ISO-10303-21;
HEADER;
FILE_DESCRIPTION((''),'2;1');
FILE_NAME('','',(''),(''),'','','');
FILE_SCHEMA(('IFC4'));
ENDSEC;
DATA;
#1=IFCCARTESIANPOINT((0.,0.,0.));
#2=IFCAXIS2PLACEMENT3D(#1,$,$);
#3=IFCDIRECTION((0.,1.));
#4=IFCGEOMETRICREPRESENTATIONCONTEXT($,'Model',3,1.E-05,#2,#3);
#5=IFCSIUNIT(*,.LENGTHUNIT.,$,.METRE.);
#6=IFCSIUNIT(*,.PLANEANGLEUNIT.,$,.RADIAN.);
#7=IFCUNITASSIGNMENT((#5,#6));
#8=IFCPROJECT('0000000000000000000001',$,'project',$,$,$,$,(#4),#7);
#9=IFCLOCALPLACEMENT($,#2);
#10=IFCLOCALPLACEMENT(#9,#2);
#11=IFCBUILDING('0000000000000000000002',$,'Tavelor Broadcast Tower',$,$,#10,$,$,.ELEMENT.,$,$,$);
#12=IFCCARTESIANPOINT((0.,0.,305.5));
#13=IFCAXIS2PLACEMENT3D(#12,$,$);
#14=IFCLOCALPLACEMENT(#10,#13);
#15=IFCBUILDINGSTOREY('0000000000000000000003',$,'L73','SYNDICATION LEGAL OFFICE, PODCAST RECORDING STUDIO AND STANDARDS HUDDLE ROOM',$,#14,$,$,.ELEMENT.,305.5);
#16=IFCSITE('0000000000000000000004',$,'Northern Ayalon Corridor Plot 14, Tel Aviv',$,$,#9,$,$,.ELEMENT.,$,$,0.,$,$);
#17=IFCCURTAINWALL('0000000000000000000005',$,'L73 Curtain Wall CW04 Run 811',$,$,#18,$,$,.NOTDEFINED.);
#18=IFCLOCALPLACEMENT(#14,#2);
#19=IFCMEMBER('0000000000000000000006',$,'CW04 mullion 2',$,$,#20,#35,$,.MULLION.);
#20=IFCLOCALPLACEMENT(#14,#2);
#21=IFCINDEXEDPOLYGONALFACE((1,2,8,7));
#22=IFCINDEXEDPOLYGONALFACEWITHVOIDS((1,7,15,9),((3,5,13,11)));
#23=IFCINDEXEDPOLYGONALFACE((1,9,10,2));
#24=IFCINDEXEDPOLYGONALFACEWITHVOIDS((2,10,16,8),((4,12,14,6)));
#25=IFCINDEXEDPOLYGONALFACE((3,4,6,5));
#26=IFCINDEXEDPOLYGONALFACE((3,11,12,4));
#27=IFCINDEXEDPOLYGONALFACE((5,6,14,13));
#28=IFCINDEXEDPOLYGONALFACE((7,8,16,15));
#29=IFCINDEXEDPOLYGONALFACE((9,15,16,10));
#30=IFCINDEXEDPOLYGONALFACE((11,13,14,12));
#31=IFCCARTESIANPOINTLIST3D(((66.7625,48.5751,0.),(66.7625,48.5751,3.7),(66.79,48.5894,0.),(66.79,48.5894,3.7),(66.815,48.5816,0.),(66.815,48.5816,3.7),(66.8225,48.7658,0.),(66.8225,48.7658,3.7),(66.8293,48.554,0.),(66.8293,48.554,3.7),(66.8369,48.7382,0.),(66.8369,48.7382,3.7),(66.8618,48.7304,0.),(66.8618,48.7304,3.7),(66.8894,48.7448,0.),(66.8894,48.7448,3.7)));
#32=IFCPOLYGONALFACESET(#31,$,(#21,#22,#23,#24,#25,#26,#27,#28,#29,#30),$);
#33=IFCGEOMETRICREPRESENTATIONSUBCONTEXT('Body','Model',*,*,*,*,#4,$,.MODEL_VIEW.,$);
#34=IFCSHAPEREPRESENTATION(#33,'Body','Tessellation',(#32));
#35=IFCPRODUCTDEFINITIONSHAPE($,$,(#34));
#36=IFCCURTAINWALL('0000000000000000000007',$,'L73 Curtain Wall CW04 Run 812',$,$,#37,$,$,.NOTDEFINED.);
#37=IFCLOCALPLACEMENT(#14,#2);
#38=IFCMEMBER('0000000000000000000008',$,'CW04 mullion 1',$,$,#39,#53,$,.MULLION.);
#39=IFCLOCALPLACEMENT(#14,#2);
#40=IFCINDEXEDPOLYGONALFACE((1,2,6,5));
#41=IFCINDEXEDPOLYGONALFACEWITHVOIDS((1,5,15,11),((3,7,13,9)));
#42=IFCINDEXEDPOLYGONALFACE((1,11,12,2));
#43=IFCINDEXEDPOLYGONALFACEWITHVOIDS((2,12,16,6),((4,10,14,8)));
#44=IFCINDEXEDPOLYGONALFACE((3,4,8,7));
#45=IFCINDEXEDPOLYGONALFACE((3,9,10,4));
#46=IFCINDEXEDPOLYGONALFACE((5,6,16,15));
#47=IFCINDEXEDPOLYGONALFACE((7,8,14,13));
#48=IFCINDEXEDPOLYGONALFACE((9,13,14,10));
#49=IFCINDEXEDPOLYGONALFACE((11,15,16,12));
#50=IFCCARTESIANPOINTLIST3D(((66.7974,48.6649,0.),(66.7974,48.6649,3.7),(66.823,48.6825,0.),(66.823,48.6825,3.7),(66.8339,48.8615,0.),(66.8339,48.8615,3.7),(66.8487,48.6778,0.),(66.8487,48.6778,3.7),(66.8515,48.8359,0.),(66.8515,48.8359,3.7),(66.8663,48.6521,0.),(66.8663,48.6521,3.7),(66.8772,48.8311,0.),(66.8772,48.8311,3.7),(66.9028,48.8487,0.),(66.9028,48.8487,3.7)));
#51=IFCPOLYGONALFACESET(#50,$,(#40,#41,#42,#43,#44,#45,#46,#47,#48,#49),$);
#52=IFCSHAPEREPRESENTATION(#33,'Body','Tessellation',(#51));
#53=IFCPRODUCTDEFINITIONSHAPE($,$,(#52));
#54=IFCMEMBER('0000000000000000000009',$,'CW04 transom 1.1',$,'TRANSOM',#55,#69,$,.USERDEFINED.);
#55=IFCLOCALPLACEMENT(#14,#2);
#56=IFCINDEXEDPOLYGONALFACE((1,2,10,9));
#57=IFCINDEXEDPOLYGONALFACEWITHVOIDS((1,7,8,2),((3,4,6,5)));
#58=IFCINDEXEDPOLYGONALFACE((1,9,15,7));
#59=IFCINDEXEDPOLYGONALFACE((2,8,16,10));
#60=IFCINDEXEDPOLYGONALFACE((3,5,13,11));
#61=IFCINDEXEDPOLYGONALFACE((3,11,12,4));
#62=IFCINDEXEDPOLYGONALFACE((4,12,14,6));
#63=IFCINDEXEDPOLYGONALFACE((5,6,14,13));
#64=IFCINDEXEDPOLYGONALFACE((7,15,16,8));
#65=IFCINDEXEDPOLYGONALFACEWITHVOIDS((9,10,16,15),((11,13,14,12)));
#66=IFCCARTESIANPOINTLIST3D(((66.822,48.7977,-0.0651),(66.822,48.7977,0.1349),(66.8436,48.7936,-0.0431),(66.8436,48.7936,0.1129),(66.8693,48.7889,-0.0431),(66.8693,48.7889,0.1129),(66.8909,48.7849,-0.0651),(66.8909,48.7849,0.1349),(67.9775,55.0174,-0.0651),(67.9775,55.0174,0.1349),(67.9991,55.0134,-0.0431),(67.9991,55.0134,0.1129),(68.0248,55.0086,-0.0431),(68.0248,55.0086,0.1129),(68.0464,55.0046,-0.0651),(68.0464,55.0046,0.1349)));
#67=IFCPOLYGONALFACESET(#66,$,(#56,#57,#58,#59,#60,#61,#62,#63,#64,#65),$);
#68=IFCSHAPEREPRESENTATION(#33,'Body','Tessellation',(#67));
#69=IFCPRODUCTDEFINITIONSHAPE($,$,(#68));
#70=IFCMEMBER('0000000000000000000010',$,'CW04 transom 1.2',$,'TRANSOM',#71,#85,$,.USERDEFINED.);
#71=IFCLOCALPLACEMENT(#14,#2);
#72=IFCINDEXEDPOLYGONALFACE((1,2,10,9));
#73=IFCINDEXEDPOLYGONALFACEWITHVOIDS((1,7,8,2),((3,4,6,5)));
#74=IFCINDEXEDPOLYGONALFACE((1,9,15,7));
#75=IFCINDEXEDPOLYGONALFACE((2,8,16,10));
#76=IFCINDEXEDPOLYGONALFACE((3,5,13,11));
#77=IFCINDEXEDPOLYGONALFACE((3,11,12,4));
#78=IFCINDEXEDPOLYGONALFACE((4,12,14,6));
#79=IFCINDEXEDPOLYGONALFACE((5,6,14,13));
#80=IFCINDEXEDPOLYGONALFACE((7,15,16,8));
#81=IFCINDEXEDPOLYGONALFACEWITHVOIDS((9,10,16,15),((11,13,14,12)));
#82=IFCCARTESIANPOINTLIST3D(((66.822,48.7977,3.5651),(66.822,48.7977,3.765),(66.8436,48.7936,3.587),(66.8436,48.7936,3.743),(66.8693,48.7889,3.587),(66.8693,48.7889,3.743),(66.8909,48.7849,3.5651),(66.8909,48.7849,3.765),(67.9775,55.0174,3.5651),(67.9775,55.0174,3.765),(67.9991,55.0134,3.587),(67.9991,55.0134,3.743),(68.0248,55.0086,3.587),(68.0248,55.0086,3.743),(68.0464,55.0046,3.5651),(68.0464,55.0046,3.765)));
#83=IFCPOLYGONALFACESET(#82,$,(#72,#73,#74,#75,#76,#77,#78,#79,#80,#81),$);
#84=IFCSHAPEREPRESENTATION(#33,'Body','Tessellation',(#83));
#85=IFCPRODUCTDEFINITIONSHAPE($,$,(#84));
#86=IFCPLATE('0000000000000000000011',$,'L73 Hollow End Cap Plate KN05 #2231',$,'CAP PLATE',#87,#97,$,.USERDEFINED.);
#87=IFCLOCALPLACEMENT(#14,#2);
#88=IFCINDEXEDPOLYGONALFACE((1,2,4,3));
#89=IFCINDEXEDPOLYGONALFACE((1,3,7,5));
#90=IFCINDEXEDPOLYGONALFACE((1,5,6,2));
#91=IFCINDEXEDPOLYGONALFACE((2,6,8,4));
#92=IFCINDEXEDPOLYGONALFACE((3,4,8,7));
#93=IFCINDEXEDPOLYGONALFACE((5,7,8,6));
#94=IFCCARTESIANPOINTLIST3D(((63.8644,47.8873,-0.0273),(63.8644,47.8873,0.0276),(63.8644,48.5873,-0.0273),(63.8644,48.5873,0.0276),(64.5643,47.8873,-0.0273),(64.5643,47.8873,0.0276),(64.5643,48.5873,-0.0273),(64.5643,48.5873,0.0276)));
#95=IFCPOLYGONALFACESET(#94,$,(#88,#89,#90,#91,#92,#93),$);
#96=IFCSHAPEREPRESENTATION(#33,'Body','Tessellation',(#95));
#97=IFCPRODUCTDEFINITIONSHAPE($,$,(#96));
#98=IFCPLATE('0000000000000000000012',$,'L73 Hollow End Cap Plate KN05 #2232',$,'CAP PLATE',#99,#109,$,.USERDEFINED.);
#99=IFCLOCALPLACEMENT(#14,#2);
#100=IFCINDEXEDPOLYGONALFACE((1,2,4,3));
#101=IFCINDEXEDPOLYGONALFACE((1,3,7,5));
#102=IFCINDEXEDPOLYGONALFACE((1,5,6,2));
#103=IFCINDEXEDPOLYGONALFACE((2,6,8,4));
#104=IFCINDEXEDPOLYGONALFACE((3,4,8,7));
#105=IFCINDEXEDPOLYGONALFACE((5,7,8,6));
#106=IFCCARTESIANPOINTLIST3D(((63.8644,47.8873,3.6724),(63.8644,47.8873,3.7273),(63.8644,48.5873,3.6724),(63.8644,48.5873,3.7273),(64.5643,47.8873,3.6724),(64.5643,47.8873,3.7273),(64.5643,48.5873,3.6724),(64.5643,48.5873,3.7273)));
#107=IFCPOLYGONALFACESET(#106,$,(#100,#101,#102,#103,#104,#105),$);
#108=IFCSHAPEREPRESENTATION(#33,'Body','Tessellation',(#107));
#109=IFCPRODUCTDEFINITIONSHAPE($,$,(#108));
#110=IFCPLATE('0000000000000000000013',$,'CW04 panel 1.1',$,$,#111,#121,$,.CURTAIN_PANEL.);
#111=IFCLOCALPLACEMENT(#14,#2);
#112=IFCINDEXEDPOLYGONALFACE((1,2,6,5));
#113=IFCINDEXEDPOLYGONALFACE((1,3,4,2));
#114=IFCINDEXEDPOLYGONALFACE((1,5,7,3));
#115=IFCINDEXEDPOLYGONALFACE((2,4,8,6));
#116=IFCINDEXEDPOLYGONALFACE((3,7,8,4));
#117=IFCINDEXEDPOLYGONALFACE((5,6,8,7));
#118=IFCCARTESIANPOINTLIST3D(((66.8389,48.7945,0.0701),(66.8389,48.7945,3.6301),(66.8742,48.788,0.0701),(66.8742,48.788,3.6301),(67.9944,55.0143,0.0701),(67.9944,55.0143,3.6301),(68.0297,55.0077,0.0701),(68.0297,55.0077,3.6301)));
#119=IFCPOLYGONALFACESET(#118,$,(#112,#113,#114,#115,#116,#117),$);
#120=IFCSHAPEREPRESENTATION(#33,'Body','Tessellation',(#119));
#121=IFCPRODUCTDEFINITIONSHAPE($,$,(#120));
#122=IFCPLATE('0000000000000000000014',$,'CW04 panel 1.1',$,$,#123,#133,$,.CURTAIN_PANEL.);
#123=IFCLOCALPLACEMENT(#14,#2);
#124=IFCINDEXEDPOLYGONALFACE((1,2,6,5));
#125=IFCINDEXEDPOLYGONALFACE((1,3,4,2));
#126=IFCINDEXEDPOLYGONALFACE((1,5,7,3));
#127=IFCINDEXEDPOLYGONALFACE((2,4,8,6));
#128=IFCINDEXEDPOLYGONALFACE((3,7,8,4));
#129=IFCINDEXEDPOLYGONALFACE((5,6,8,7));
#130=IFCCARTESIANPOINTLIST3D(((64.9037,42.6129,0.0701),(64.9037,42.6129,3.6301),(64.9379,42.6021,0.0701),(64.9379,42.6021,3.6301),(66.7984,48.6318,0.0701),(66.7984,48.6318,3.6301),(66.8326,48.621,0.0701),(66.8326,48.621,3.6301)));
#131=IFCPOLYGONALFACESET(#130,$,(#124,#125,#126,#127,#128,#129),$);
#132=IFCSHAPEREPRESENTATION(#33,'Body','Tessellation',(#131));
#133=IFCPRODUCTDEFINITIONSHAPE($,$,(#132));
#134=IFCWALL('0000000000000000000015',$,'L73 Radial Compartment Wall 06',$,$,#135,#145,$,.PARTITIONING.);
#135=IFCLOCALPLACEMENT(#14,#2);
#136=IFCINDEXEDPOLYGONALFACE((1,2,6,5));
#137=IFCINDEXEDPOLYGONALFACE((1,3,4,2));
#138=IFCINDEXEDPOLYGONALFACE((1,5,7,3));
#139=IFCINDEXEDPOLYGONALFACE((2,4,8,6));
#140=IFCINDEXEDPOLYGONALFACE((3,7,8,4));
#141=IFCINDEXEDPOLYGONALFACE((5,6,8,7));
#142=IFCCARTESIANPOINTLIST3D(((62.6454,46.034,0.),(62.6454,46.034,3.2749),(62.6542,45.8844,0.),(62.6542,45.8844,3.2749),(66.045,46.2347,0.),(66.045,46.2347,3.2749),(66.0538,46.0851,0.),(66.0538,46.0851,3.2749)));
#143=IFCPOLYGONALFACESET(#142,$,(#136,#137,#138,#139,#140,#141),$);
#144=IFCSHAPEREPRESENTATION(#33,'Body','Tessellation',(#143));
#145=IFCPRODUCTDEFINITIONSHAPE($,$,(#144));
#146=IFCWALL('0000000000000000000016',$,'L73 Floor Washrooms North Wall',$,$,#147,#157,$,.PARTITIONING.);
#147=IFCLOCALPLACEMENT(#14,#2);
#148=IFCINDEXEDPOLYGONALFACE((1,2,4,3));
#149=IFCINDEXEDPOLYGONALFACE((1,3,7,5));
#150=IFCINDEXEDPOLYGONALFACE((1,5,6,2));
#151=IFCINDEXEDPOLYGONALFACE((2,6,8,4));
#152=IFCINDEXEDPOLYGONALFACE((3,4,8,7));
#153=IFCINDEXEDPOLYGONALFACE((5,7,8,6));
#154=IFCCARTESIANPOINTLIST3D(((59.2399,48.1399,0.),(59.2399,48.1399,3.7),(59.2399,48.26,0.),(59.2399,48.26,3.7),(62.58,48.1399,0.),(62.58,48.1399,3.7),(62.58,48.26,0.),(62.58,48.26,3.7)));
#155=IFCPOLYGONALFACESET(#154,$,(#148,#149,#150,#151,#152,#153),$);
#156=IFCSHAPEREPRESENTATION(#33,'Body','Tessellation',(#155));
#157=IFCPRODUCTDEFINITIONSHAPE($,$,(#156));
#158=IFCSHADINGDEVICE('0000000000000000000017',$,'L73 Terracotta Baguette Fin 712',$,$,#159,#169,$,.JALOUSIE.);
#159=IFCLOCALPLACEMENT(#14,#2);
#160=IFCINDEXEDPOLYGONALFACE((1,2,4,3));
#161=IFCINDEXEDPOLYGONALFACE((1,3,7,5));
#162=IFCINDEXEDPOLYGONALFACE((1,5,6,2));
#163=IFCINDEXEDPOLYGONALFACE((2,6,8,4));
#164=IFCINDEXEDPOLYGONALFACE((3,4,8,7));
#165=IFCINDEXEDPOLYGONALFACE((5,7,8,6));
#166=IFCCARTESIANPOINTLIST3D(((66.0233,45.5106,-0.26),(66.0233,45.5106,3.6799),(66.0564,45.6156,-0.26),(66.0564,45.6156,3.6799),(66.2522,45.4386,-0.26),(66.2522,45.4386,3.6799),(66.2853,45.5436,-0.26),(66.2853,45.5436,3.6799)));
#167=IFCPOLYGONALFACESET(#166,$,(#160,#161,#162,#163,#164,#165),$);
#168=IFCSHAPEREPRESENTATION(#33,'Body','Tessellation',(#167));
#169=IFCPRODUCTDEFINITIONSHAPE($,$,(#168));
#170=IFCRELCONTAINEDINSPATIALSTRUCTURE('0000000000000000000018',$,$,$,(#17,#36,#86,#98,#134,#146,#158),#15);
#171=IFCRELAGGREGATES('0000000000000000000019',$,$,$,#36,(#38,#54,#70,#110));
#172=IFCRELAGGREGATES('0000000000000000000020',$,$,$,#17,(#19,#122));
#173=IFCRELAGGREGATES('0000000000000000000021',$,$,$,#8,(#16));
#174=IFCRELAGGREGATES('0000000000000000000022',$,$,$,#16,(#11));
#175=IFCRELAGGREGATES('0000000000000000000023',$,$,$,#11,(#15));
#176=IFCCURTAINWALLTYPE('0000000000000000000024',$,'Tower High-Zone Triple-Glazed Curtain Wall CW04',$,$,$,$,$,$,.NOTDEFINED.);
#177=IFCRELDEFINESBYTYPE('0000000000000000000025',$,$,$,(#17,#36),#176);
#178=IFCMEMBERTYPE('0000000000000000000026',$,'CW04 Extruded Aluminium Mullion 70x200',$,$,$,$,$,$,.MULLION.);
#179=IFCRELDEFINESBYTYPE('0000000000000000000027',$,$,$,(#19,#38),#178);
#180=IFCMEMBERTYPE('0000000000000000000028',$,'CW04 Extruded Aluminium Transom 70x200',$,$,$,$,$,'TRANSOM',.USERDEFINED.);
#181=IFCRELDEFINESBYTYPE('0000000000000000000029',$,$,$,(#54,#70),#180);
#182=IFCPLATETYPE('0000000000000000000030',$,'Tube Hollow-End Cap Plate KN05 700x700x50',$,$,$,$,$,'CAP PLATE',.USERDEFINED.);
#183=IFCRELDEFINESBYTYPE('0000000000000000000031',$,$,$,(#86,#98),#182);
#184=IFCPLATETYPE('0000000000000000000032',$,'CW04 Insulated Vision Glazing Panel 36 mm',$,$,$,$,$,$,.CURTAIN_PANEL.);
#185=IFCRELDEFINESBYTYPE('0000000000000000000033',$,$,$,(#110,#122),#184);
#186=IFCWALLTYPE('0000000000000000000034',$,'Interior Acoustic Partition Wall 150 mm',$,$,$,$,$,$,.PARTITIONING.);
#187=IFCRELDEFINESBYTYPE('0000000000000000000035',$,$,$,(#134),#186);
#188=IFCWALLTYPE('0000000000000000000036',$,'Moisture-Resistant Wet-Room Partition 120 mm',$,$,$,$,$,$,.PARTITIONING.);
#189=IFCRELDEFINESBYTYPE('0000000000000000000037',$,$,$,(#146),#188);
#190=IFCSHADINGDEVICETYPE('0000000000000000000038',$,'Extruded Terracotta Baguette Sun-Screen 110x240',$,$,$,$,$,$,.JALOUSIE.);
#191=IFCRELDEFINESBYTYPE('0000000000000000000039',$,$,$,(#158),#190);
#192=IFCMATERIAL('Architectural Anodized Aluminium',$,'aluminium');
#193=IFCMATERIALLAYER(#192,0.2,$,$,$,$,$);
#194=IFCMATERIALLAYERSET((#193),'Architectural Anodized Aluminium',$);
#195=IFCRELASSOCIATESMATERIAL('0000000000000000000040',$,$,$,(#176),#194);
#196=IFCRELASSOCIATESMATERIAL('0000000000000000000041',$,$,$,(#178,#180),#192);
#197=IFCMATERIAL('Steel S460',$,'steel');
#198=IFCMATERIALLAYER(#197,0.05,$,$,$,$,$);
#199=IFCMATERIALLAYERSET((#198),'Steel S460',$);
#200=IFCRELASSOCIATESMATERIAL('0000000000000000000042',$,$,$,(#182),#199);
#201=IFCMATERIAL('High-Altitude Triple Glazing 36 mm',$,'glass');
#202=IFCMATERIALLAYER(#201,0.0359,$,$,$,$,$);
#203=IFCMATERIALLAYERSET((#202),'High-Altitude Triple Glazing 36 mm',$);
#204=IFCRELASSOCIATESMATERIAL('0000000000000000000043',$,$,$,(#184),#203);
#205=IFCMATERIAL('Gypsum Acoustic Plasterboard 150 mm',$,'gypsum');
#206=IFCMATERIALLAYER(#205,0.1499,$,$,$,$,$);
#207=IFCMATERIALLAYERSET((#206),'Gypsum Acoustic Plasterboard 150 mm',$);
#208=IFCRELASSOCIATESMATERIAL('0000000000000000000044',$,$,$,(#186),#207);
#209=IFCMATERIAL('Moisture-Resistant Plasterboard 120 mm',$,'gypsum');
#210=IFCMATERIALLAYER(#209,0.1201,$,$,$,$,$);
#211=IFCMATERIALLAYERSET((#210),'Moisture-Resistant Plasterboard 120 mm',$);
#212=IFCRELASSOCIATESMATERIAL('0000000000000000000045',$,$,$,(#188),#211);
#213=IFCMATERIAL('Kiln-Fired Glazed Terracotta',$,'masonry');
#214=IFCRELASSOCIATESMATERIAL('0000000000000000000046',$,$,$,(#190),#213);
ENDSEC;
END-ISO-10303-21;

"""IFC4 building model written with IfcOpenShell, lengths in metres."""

from ifc_helpers import new_model, si_unit, direction, frame, frame_2d, origin, origin_2d, place, context, subcontext, project, spatial, rectangle, hollow_rectangle, extrude, source, transform, mapped, material, layer, layer_set, material_profile, profile_set, type_object, type_shapes, element, aggregate, save


model = new_model("IFC4")

# Units and contexts
model_context = context("Model", 3, precision=1e-05, world=origin(), true_north=direction((0.0, 1.0)))
body_context = subcontext(model_context, "Body", "Model", "MODEL_VIEW")
ifc_project = project(units=[si_unit("LENGTHUNIT", "METRE"), si_unit("PLANEANGLEUNIT", "RADIAN")], contexts=[model_context])

# Site, building, storey
site_placement = place(None, origin())
site = spatial("IfcSite", under=ifc_project, at=site_placement, Name="Northern Ayalon Corridor Plot 14, Tel Aviv", CompositionType="ELEMENT", RefElevation=0.0)
building_placement = place(site_placement, origin())
building = spatial("IfcBuilding", under=site, at=building_placement, Name="Tavelor Broadcast Tower", CompositionType="ELEMENT")
storey_placement = place(building_placement, frame((0.0, 0.0, 305.5)))
storey = spatial("IfcBuildingStorey", under=building, at=storey_placement, Name="L73", Description="SYNDICATION LEGAL OFFICE, PODCAST RECORDING STUDIO AND STANDARDS HUDDLE ROOM", CompositionType="ELEMENT", Elevation=305.5)

# Shared definitions
ifc_material_1 = material(Name="Steel S460", Category="steel")

# Curtain wall, member
ifc_material_2 = material(Name="Architectural Anodized Aluminium", Category="aluminium")
ifc_layer_1 = layer(ifc_material_2, 0.2)
ifc_layer_set_1 = layer_set([ifc_layer_1], Name="Architectural Anodized Aluminium")
curtain_wall_type = type_object("IfcCurtainWallType", Name="Tower High-Zone Triple-Glazed Curtain Wall CW04", PredefinedType="NOTDEFINED", material=ifc_layer_set_1)
curtain_wall_1_placement = place(storey_placement, origin())
curtain_wall_1 = element("IfcCurtainWall", 1, at=curtain_wall_1_placement, inside=storey, type_object=curtain_wall_type, Name="L73 Curtain Wall CW04 Run 811", PredefinedType="NOTDEFINED")
ifc_material_profile_1 = material_profile(ifc_material_2, hollow_rectangle(XDim=0.0701, YDim=0.2, WallThickness=0.022, at=origin_2d()), Name="RHS 70x200x22")
ifc_profile_set_1 = profile_set([ifc_material_profile_1], Name="Architectural Anodized Aluminium")
member_type_1 = type_object("IfcMemberType", Name="CW04 Extruded Aluminium Mullion 70x200", PredefinedType="MULLION", material=ifc_profile_set_1)
shared_shape_1 = source(origin(), body_context, "Body", "SweptSolid", [
    extrude(hollow_rectangle(XDim=0.0701, YDim=0.2, WallThickness=0.022, at=origin_2d()), origin(), (0.0, 0.0, 1.0), 3.7),
])
type_shapes(member_type_1, [shared_shape_1])
member_1_placement = place(storey_placement, frame((66.8259, 48.6599, 0.0), z_axis=(0.0, 0.0, 1.0), x_axis=(-0.953854, 0.300272, 0.0)))
member_1 = element("IfcMember", 2, at=member_1_placement, type_object=member_type_1, Name="CW04 mullion 2", PredefinedType="MULLION", context=body_context, shape_type="MappedRepresentation", body=[
    mapped(shared_shape_1, transform((0.0, 0.0, 0.0), scale=1.0)),
])

# Curtain wall, members
curtain_wall_2_placement = place(storey_placement, origin())
curtain_wall_2 = element("IfcCurtainWall", 3, at=curtain_wall_2_placement, inside=storey, type_object=curtain_wall_type, Name="L73 Curtain Wall CW04 Run 812", PredefinedType="NOTDEFINED")
member_2_placement = place(storey_placement, frame((66.8501, 48.7568, 0.0), z_axis=(0.0, 0.0, 1.0), x_axis=(-0.983177, 0.182658, 0.0)))
member_2 = element("IfcMember", 4, at=member_2_placement, type_object=member_type_1, Name="CW04 mullion 1", PredefinedType="MULLION", context=body_context, shape_type="MappedRepresentation", body=[
    mapped(shared_shape_1, transform((0.0, 0.0, 0.0), scale=1.0)),
])
ifc_material_profile_2 = material_profile(ifc_material_2, hollow_rectangle(XDim=0.0701, YDim=0.2, WallThickness=0.022, at=origin_2d()), Name="RHS 70x200x22")
ifc_profile_set_2 = profile_set([ifc_material_profile_2], Name="Architectural Anodized Aluminium")
member_type_2 = type_object("IfcMemberType", Name="CW04 Extruded Aluminium Transom 70x200", ElementType="TRANSOM", PredefinedType="USERDEFINED", material=ifc_profile_set_2)
shared_shape_2 = source(origin(), body_context, "Body", "SweptSolid", [
    extrude(hollow_rectangle(XDim=0.0701, YDim=0.2, WallThickness=0.022, at=origin_2d()), origin(), (0.0, 0.0, 1.0), 6.3262),
])
type_shapes(member_type_2, [shared_shape_2])
member_3_placement = place(storey_placement, frame((66.8564, 48.7913, 0.0349), z_axis=(0.182657, 0.983177, 0.0), x_axis=(-0.983177, 0.182657, 0.0)))
member_3 = element("IfcMember", 5, at=member_3_placement, type_object=member_type_2, Name="CW04 transom 1.1", ObjectType="TRANSOM", PredefinedType="USERDEFINED", context=body_context, shape_type="MappedRepresentation", body=[
    mapped(shared_shape_2, transform((0.0, 0.0, 0.0), scale=1.0)),
])
member_4_placement = place(storey_placement, frame((66.8564, 48.7913, 3.665), z_axis=(0.182657, 0.983177, 0.0), x_axis=(-0.983177, 0.182657, 0.0)))
member_4 = element("IfcMember", 6, at=member_4_placement, type_object=member_type_2, Name="CW04 transom 1.2", ObjectType="TRANSOM", PredefinedType="USERDEFINED", context=body_context, shape_type="MappedRepresentation", body=[
    mapped(shared_shape_2, transform((0.0, 0.0, 0.0), scale=1.0)),
])

# Plates
ifc_layer_2 = layer(ifc_material_1, 0.05)
ifc_layer_set_2 = layer_set([ifc_layer_2], Name="Steel S460")
plate_type_1 = type_object("IfcPlateType", Name="Tube Hollow-End Cap Plate KN05 700x700x50", ElementType="CAP PLATE", PredefinedType="USERDEFINED", material=ifc_layer_set_2)
shared_shape_3 = source(origin(), body_context, "Body", "SweptSolid", [
    extrude(rectangle(XDim=0.7, YDim=0.7, at=origin_2d()), origin(), (0.0, 0.0, 1.0), 0.0549),
])
type_shapes(plate_type_1, [shared_shape_3])
for number, where, z_axis, x_axis, name in (
    (7, (64.2144, 48.2373, -0.0273), (0.0, 0.0, 1.0), (1.0, 0.0, 0.0), "L73 Hollow End Cap Plate KN05 #2231"),
    (8, (64.2144, 48.2373, 3.6724), (0.0, 0.0, 1.0), (1.0, 0.0, 0.0), "L73 Hollow End Cap Plate KN05 #2232"),
):
    element("IfcPlate", number, at=place(storey_placement, frame(where, z_axis=z_axis, x_axis=x_axis)), inside=storey, type_object=plate_type_1, Name=name, ObjectType="CAP PLATE", PredefinedType="USERDEFINED", context=body_context, shape_type="MappedRepresentation", body=[
        mapped(shared_shape_3, transform((0.0, 0.0, 0.0), scale=1.0)),
    ])

# Plates
ifc_material_3 = material(Name="High-Altitude Triple Glazing 36 mm", Category="glass")
ifc_layer_3 = layer(ifc_material_3, 0.0359)
ifc_layer_set_3 = layer_set([ifc_layer_3], Name="High-Altitude Triple Glazing 36 mm")
plate_type_2 = type_object("IfcPlateType", Name="CW04 Insulated Vision Glazing Panel 36 mm", PredefinedType="CURTAIN_PANEL", material=ifc_layer_set_3)
shared_shape_4 = source(origin(), body_context, "Body", "SweptSolid", [
    extrude(rectangle(XDim=6.3262, YDim=0.0359, at=origin_2d()), origin(), (0.0, 0.0, 1.0), 3.5601),
])
plate_1_placement = place(storey_placement, frame((67.4343, 51.9011, 0.0701), z_axis=(0.0, 0.0, 1.0), x_axis=(0.182658, 0.983177, 0.0)))
plate_1 = element("IfcPlate", 9, at=plate_1_placement, type_object=plate_type_2, Name="CW04 panel 1.1", PredefinedType="CURTAIN_PANEL", context=body_context, shape_type="MappedRepresentation", body=[
    mapped(shared_shape_4, transform((0.0, 0.0, 0.0), scale=1.0)),
])
aggregate(curtain_wall_2, [member_2, member_3, member_4, plate_1])
shared_shape_5 = source(origin(), body_context, "Body", "SweptSolid", [
    extrude(rectangle(XDim=6.3101, YDim=0.0359, at=origin_2d()), origin(), (0.0, 0.0, 1.0), 3.5601),
])
type_shapes(plate_type_2, [shared_shape_4, shared_shape_5])
plate_2_placement = place(storey_placement, frame((65.8682, 45.6169, 0.0701), z_axis=(0.0, 0.0, 1.0), x_axis=(0.300272, 0.953854, 0.0)))
plate_2 = element("IfcPlate", 10, at=plate_2_placement, type_object=plate_type_2, Name="CW04 panel 1.1", PredefinedType="CURTAIN_PANEL", context=body_context, shape_type="MappedRepresentation", body=[
    mapped(shared_shape_5, transform((0.0, 0.0, 0.0), scale=1.0)),
])
aggregate(curtain_wall_1, [member_1, plate_2])

# Walls
ifc_material_4 = material(Name="Gypsum Acoustic Plasterboard 150 mm", Category="gypsum")
ifc_layer_4 = layer(ifc_material_4, 0.1499)
ifc_layer_set_4 = layer_set([ifc_layer_4], Name="Gypsum Acoustic Plasterboard 150 mm")
wall_type_1 = type_object("IfcWallType", Name="Interior Acoustic Partition Wall 150 mm", PredefinedType="PARTITIONING", material=ifc_layer_set_4)
wall_1_placement = place(storey_placement, frame((62.6499, 45.9592, 0.0), z_axis=(0.0, 0.0, 1.0), x_axis=(0.998262, 0.058928, 0.0)))
element("IfcWall", 11, at=wall_1_placement, inside=storey, type_object=wall_type_1, Name="L73 Radial Compartment Wall 06", PredefinedType="PARTITIONING", context=body_context, shape_type="SweptSolid", body=[
    extrude(rectangle(XDim=3.4055, YDim=0.1499, at=frame_2d((1.7026, 0.0))), origin(), (0.0, 0.0, 1.0), 3.2749),
])
ifc_material_5 = material(Name="Moisture-Resistant Plasterboard 120 mm", Category="gypsum")
ifc_layer_5 = layer(ifc_material_5, 0.1201)
ifc_layer_set_5 = layer_set([ifc_layer_5], Name="Moisture-Resistant Plasterboard 120 mm")
wall_type_2 = type_object("IfcWallType", Name="Moisture-Resistant Wet-Room Partition 120 mm", PredefinedType="PARTITIONING", material=ifc_layer_set_5)
wall_2_placement = place(storey_placement, frame((59.24, 48.2, 0.0), z_axis=(0.0, 0.0, 1.0), x_axis=(1.0, 0.0, 0.0)))
element("IfcWall", 12, at=wall_2_placement, inside=storey, type_object=wall_type_2, Name="L73 Floor Washrooms North Wall", PredefinedType="PARTITIONING", context=body_context, shape_type="SweptSolid", body=[
    extrude(rectangle(XDim=3.3401, YDim=0.1201, at=frame_2d((1.6699, 0.0))), origin(), (0.0, 0.0, 1.0), 3.7),
])

# Shading device
ifc_material_6 = material(Name="Kiln-Fired Glazed Terracotta", Category="masonry")
shading_device_type = type_object("IfcShadingDeviceType", Name="Extruded Terracotta Baguette Sun-Screen 110x240", PredefinedType="JALOUSIE", material=ifc_material_6)
shared_shape_6 = source(origin(), body_context, "Body", "SweptSolid", [
    extrude(rectangle(XDim=0.1101, YDim=0.24, at=origin_2d()), origin(), (0.0, 0.0, 1.0), 3.9399),
])
type_shapes(shading_device_type, [shared_shape_6])
shading_device_placement = place(storey_placement, frame((66.1543, 45.5271, -0.26), z_axis=(0.0, 0.0, 1.0), x_axis=(0.300206, 0.953874, 0.0)))
element("IfcShadingDevice", 13, at=shading_device_placement, inside=storey, type_object=shading_device_type, Name="L73 Terracotta Baguette Fin 712", PredefinedType="JALOUSIE", context=body_context, shape_type="MappedRepresentation", body=[
    mapped(shared_shape_6, transform((0.0, 0.0, 0.0), scale=1.0)),
])

save(model, "model.ifc")
